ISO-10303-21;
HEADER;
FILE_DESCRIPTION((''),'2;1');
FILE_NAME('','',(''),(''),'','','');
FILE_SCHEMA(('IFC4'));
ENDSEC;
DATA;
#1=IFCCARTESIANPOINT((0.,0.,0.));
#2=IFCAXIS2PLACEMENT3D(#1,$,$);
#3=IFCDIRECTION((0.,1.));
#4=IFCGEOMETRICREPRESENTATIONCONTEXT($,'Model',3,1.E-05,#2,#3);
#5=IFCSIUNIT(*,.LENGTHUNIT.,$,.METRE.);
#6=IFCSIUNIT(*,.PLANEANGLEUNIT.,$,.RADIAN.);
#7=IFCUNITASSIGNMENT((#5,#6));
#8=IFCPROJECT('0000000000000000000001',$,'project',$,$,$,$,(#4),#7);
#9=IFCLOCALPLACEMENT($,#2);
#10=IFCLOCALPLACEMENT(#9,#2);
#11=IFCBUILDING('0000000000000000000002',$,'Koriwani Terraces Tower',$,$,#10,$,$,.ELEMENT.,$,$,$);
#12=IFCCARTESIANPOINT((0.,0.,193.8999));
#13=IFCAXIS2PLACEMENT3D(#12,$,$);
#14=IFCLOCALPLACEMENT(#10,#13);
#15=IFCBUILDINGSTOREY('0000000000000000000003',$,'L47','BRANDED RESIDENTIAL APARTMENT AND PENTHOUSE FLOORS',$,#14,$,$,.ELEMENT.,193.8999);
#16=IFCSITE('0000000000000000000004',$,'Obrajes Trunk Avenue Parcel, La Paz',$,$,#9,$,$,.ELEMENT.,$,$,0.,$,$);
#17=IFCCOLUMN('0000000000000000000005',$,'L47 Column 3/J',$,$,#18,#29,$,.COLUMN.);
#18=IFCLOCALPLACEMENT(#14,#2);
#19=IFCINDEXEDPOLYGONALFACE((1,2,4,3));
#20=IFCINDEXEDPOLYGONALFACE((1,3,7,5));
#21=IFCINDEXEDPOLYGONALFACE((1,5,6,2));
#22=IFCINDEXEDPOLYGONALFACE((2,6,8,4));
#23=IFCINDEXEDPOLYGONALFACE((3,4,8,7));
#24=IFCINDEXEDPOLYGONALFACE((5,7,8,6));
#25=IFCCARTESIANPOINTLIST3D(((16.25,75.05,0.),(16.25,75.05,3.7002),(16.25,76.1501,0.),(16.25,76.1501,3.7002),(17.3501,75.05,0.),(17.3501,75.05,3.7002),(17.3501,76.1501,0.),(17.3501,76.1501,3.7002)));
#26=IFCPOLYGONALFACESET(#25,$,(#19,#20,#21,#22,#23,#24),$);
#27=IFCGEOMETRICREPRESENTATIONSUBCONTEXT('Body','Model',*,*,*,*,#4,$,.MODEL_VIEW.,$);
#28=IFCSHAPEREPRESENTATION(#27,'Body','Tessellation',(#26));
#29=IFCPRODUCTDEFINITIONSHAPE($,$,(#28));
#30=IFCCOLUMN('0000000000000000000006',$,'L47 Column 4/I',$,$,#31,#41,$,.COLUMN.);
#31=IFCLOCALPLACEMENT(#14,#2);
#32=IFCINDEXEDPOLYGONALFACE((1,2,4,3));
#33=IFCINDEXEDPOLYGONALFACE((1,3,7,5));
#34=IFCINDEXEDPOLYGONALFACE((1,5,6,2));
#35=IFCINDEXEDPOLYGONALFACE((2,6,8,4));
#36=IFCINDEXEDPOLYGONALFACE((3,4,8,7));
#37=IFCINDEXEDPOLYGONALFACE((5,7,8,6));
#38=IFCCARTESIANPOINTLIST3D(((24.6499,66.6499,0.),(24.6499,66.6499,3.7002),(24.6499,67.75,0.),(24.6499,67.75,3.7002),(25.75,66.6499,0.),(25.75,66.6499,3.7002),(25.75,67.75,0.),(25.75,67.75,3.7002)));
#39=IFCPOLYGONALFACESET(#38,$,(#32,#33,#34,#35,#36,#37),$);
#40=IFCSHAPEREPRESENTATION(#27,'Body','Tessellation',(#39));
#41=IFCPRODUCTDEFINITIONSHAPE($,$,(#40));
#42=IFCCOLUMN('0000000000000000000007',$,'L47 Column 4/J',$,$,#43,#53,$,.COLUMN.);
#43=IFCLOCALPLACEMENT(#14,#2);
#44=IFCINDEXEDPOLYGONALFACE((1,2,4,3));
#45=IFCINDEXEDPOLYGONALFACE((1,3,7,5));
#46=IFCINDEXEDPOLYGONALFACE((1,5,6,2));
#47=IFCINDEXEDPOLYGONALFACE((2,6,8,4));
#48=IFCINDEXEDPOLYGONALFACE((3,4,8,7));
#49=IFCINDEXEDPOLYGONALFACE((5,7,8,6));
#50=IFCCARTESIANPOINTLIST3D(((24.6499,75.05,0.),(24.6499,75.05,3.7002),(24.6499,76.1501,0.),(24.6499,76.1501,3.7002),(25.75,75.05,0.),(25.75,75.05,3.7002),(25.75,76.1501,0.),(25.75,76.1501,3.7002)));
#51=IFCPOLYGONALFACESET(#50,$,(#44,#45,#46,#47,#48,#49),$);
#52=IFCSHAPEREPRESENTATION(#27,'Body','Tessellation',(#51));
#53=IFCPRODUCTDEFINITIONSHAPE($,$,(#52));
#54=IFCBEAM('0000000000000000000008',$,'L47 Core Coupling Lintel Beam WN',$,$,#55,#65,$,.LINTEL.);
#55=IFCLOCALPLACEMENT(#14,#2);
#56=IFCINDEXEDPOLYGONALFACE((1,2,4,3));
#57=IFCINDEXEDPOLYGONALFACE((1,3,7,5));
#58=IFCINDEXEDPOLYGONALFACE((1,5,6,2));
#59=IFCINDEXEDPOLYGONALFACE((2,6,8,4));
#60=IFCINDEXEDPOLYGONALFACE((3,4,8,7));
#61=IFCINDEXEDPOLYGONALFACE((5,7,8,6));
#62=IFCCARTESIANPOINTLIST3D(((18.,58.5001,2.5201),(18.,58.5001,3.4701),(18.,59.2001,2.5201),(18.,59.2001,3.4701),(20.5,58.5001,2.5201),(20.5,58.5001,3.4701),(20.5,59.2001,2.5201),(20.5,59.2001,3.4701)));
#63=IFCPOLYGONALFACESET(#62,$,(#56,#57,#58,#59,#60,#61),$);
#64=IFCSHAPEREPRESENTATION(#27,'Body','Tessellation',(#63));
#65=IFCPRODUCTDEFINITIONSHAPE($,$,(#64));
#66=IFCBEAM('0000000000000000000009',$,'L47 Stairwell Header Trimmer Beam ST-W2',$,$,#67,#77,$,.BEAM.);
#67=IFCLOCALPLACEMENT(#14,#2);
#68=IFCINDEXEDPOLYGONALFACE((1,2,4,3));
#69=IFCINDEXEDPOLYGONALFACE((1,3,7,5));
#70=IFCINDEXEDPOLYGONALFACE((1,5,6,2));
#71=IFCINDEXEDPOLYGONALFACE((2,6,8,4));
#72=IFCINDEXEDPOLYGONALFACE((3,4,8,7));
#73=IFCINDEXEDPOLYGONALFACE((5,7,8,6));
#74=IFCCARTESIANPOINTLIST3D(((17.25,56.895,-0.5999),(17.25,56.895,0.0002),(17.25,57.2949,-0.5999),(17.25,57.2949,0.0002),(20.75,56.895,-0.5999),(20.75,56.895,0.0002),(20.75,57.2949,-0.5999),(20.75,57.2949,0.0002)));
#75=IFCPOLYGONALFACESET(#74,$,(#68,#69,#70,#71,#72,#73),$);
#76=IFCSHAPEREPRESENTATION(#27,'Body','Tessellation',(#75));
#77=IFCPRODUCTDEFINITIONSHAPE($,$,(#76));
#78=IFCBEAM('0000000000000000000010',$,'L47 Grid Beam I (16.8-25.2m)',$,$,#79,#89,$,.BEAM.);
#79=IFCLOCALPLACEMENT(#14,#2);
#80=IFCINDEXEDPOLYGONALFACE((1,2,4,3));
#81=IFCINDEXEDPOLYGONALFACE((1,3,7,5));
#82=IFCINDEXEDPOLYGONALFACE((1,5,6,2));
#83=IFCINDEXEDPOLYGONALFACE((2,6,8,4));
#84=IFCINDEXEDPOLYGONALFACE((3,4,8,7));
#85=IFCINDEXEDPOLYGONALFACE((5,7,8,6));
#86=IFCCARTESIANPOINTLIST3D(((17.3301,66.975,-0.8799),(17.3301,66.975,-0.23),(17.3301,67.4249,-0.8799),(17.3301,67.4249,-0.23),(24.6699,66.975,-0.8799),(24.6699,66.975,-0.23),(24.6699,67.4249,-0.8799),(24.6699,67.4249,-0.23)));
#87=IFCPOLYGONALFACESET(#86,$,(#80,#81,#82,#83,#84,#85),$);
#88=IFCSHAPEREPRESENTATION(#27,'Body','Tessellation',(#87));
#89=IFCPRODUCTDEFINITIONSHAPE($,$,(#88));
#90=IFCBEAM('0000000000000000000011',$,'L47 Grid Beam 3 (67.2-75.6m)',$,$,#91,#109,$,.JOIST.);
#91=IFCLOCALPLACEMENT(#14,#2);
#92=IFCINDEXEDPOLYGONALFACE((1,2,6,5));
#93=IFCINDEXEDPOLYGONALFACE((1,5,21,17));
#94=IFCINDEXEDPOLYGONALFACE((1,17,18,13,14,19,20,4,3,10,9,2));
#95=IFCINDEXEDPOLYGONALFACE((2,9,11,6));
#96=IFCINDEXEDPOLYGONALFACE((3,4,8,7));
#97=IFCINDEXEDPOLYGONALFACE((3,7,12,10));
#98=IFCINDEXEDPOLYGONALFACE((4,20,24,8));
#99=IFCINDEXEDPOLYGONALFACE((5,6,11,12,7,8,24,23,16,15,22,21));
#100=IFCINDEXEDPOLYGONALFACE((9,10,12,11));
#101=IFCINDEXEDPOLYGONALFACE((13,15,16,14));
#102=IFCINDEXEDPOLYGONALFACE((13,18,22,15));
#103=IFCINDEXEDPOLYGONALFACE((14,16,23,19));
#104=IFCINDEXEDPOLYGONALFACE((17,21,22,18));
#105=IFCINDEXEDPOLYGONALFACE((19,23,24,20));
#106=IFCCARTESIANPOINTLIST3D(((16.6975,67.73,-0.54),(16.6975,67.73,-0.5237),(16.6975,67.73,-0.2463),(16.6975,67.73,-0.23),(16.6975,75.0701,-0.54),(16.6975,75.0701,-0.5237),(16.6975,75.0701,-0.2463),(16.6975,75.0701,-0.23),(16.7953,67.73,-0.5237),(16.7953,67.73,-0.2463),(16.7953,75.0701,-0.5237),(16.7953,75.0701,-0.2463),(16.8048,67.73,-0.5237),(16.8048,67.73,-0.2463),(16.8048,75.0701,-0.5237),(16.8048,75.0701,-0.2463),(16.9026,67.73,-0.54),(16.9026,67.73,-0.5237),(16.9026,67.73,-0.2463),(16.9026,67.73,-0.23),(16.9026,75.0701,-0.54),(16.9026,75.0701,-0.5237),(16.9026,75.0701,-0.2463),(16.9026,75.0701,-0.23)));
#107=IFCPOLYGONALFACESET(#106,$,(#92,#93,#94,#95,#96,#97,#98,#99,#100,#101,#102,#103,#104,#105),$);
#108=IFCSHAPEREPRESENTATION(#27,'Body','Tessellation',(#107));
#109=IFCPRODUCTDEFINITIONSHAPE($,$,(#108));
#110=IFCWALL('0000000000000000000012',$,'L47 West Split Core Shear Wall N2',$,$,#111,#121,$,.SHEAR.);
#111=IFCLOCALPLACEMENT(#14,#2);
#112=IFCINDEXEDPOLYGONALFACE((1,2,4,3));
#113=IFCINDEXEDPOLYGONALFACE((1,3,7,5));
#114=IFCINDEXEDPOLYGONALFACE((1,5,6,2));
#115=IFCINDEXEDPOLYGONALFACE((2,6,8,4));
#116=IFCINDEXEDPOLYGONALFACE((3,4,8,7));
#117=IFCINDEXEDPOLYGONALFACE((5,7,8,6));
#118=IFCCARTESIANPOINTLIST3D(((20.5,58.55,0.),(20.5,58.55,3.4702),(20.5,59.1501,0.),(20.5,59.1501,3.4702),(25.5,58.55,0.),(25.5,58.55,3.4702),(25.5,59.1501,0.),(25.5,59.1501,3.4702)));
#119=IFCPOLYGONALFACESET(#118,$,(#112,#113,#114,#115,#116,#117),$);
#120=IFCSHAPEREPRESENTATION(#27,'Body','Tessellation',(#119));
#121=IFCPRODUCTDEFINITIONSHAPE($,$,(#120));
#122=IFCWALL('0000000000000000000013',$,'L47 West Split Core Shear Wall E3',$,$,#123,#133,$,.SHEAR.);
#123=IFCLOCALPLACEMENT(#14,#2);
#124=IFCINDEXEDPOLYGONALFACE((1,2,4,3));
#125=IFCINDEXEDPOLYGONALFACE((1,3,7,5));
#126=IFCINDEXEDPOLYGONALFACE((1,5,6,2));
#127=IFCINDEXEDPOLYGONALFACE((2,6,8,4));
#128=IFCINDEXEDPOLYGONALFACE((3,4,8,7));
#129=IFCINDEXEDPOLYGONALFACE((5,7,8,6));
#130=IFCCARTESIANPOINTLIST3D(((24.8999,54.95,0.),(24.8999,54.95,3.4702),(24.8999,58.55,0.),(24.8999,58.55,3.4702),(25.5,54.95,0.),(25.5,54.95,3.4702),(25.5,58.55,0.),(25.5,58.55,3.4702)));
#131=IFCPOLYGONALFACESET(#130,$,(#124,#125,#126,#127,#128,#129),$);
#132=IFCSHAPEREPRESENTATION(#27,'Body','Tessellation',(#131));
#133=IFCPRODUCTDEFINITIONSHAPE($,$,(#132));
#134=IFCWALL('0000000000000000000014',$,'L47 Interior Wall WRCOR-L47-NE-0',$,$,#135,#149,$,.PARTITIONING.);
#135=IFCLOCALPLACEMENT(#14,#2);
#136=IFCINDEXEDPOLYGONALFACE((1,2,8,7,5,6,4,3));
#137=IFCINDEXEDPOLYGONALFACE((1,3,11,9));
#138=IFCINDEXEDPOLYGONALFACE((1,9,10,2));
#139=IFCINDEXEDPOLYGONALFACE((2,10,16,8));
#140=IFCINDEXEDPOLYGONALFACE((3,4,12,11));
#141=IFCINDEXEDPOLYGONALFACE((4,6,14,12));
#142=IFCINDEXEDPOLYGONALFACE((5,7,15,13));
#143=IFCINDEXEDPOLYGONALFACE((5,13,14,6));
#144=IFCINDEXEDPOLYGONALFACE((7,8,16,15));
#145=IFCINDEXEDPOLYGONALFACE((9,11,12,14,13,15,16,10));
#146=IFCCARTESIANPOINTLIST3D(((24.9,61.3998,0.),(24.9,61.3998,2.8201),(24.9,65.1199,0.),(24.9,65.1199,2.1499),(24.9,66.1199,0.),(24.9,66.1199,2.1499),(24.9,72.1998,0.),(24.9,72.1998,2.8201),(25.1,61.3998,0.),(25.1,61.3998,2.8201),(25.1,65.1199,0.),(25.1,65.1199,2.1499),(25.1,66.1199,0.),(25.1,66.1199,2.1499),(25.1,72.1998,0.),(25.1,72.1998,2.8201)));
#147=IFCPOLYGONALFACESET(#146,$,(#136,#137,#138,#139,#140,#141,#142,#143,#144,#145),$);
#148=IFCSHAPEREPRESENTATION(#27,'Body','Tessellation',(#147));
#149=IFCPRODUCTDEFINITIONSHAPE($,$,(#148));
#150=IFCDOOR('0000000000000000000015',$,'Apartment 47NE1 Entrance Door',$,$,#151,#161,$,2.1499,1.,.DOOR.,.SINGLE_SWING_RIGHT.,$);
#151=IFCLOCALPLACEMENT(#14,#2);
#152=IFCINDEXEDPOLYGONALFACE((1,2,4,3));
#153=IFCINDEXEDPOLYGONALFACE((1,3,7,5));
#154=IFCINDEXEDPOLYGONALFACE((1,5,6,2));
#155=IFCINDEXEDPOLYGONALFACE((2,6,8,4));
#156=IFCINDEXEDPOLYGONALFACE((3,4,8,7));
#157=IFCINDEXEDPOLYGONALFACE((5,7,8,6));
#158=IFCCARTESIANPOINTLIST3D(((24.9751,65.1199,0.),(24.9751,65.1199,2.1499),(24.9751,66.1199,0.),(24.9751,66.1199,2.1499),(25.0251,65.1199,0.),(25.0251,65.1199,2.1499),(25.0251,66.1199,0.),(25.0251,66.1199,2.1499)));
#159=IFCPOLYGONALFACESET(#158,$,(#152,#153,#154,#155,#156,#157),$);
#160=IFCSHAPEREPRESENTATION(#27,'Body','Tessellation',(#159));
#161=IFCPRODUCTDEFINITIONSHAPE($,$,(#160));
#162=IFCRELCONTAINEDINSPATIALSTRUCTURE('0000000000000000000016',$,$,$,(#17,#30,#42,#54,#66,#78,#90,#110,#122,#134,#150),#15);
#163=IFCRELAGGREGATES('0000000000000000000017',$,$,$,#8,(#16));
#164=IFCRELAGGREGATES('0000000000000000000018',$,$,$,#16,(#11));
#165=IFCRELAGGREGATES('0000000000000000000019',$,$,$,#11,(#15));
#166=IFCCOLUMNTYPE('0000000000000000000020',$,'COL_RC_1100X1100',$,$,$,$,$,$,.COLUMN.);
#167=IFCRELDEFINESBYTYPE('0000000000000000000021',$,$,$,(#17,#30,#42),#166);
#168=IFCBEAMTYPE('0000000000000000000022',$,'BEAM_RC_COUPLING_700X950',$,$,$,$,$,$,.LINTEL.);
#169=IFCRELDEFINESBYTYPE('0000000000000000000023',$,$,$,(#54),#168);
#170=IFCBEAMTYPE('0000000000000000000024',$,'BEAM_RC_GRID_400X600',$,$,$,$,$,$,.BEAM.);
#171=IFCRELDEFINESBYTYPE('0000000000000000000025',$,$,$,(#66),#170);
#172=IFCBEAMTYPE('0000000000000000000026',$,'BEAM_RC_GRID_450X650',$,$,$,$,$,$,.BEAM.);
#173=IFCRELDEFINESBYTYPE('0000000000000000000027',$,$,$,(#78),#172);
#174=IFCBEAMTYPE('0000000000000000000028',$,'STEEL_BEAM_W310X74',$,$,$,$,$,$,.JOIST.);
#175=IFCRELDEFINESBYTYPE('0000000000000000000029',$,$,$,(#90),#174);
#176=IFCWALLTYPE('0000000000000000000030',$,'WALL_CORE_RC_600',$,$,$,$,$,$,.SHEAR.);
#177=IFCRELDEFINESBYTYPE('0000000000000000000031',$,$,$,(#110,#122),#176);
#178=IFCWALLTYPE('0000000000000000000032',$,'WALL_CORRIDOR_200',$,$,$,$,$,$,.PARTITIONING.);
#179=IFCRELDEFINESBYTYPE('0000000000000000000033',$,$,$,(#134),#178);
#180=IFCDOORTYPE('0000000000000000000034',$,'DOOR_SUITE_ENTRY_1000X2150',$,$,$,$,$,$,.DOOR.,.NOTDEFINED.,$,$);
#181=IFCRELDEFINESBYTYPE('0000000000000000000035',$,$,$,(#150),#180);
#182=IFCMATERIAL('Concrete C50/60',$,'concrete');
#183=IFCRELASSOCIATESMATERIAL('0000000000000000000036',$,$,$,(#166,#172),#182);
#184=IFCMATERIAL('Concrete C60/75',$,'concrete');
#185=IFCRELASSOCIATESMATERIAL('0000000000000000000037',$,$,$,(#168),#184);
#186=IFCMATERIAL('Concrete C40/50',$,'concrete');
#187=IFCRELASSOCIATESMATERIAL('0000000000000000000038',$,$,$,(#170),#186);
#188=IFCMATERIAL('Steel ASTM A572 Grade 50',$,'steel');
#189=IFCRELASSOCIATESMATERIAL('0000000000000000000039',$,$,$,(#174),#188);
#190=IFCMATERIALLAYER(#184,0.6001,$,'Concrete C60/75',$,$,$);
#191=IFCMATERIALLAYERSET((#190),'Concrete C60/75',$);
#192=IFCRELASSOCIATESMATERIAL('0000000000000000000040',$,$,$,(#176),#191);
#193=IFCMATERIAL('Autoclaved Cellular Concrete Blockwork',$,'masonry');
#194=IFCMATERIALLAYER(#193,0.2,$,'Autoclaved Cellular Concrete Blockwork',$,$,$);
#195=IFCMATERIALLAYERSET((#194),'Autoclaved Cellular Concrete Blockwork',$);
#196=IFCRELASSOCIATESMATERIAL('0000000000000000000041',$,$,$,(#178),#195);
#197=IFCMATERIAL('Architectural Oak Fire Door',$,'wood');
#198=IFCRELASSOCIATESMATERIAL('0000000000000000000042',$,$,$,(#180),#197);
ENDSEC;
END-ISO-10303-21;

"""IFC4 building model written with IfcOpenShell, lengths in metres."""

from ifc_helpers import new_model, si_unit, direction, frame, frame_2d, origin, origin_2d, place, context, subcontext, project, spatial, rectangle, i_section, extrude, material, layer, layer_set, material_profile, profile_set, type_object, element, fill, save


model = new_model("IFC4")

# Units and contexts
model_context = context("Model", 3, precision=1e-05, world=origin(), true_north=direction((0.0, 1.0)))
body_context = subcontext(model_context, "Body", "Model", "MODEL_VIEW")
ifc_project = project(units=[si_unit("LENGTHUNIT", "METRE"), si_unit("PLANEANGLEUNIT", "RADIAN")], contexts=[model_context])

# Site, building, storey
site_placement = place(None, origin())
site = spatial("IfcSite", under=ifc_project, at=site_placement, Name="Obrajes Trunk Avenue Parcel, La Paz", CompositionType="ELEMENT", RefElevation=0.0)
building_placement = place(site_placement, origin())
building = spatial("IfcBuilding", under=site, at=building_placement, Name="Koriwani Terraces Tower", CompositionType="ELEMENT")
storey_placement = place(building_placement, frame((0.0, 0.0, 193.8999)))
storey = spatial("IfcBuildingStorey", under=building, at=storey_placement, Name="L47", Description="BRANDED RESIDENTIAL APARTMENT AND PENTHOUSE FLOORS", CompositionType="ELEMENT", Elevation=193.8999)

# Columns
ifc_material_1 = material(Name="Concrete C50/60", Category="concrete")
ifc_material_profile_1 = material_profile(ifc_material_1, rectangle(XDim=1.1001, YDim=1.1001, at=origin_2d()), Name="Concrete C50/60", Category="LoadBearing")
ifc_profile_set_1 = profile_set([ifc_material_profile_1], Name="Concrete C50/60")
column_type = type_object("IfcColumnType", Name="COL_RC_1100X1100", PredefinedType="COLUMN", material=ifc_profile_set_1)
for number, where, z_axis, x_axis, name in (
    (1, (16.8, 75.6001, 0.0), (0.0, 0.0, 1.0), (1.0, 0.0, 0.0), "L47 Column 3/J"),
    (2, (25.2, 67.2, 0.0), (0.0, 0.0, 1.0), (1.0, 0.0, 0.0), "L47 Column 4/I"),
    (3, (25.2, 75.6001, 0.0), (0.0, 0.0, 1.0), (1.0, 0.0, 0.0), "L47 Column 4/J"),
):
    element("IfcColumn", number, at=place(storey_placement, frame(where, z_axis=z_axis, x_axis=x_axis)), inside=storey, type_object=column_type, Name=name, PredefinedType="COLUMN", context=body_context, shape_type="SweptSolid", body=[
        extrude(rectangle(XDim=1.1001, YDim=1.1001, at=origin_2d()), origin(), (0.0, 0.0, 1.0), 3.7002),
    ])

# Beams
ifc_material_2 = material(Name="Concrete C60/75", Category="concrete")
ifc_material_profile_2 = material_profile(ifc_material_2, rectangle(XDim=0.7, YDim=0.95, at=origin_2d()), Name="Concrete C60/75", Category="LoadBearing")
ifc_profile_set_2 = profile_set([ifc_material_profile_2], Name="Concrete C60/75")
beam_type_1 = type_object("IfcBeamType", Name="BEAM_RC_COUPLING_700X950", PredefinedType="LINTEL", material=ifc_profile_set_2)
beam_1_placement = place(storey_placement, frame((18.0, 58.8501, 2.9951), z_axis=(1.0, 0.0, 0.0), x_axis=(0.0, 1.0, 0.0)))
element("IfcBeam", 4, at=beam_1_placement, inside=storey, type_object=beam_type_1, Name="L47 Core Coupling Lintel Beam WN", PredefinedType="LINTEL", context=body_context, shape_type="SweptSolid", body=[
    extrude(rectangle(XDim=0.7, YDim=0.95, at=origin_2d()), origin(), (0.0, 0.0, 1.0), 2.5),
])
ifc_material_3 = material(Name="Concrete C40/50", Category="concrete")
ifc_material_profile_3 = material_profile(ifc_material_3, rectangle(XDim=0.3999, YDim=0.6001, at=origin_2d()), Name="Concrete C40/50", Category="LoadBearing")
ifc_profile_set_3 = profile_set([ifc_material_profile_3], Name="Concrete C40/50")
beam_type_2 = type_object("IfcBeamType", Name="BEAM_RC_GRID_400X600", PredefinedType="BEAM", material=ifc_profile_set_3)
beam_2_placement = place(storey_placement, frame((17.25, 57.095, -0.2998), z_axis=(1.0, 0.0, 0.0), x_axis=(0.0, 1.0, 0.0)))
element("IfcBeam", 5, at=beam_2_placement, inside=storey, type_object=beam_type_2, Name="L47 Stairwell Header Trimmer Beam ST-W2", PredefinedType="BEAM", context=body_context, shape_type="SweptSolid", body=[
    extrude(rectangle(XDim=0.3999, YDim=0.6001, at=origin_2d()), origin(), (0.0, 0.0, 1.0), 3.5),
])
ifc_material_profile_4 = material_profile(ifc_material_1, rectangle(XDim=0.45, YDim=0.6499, at=origin_2d()), Name="Concrete C50/60", Category="LoadBearing")
ifc_profile_set_4 = profile_set([ifc_material_profile_4], Name="Concrete C50/60")
beam_type_3 = type_object("IfcBeamType", Name="BEAM_RC_GRID_450X650", PredefinedType="BEAM", material=ifc_profile_set_4)
beam_3_placement = place(storey_placement, frame((17.3301, 67.2, -0.5549), z_axis=(1.0, 0.0, 0.0), x_axis=(0.0, 1.0, 0.0)))
element("IfcBeam", 6, at=beam_3_placement, inside=storey, type_object=beam_type_3, Name="L47 Grid Beam I (16.8-25.2m)", PredefinedType="BEAM", context=body_context, shape_type="SweptSolid", body=[
    extrude(rectangle(XDim=0.45, YDim=0.6499, at=origin_2d()), origin(), (0.0, 0.0, 1.0), 7.3398),
])
ifc_material_4 = material(Name="Steel ASTM A572 Grade 50", Category="steel")
ifc_material_profile_5 = material_profile(ifc_material_4, i_section(OverallWidth=0.2051, OverallDepth=0.3101, WebThickness=0.0095, FlangeThickness=0.0164, at=origin_2d()), Name="Steel ASTM A572 Grade 50", Category="LoadBearing")
ifc_profile_set_5 = profile_set([ifc_material_profile_5], Name="Steel ASTM A572 Grade 50")
beam_type_4 = type_object("IfcBeamType", Name="STEEL_BEAM_W310X74", PredefinedType="JOIST", material=ifc_profile_set_5)
beam_4_placement = place(storey_placement, frame((16.8, 67.73, -0.385), z_axis=(0.0, 1.0, 0.0), x_axis=(-1.0, 0.0, 0.0)))
element("IfcBeam", 7, at=beam_4_placement, inside=storey, type_object=beam_type_4, Name="L47 Grid Beam 3 (67.2-75.6m)", PredefinedType="JOIST", context=body_context, shape_type="SweptSolid", body=[
    extrude(i_section(OverallWidth=0.2051, OverallDepth=0.3101, WebThickness=0.0095, FlangeThickness=0.0164, at=origin_2d()), origin(), (0.0, 0.0, 1.0), 7.3401),
])

# Walls
ifc_layer_1 = layer(ifc_material_2, 0.6001, Name="Concrete C60/75")
ifc_layer_set_1 = layer_set([ifc_layer_1], Name="Concrete C60/75")
wall_type_1 = type_object("IfcWallType", Name="WALL_CORE_RC_600", PredefinedType="SHEAR", material=ifc_layer_set_1)
wall_1_placement = place(storey_placement, frame((20.5, 58.8501, 0.0), z_axis=(0.0, 0.0, 1.0), x_axis=(1.0, 0.0, 0.0)))
element("IfcWall", 8, at=wall_1_placement, inside=storey, type_object=wall_type_1, Name="L47 West Split Core Shear Wall N2", PredefinedType="SHEAR", context=body_context, shape_type="SweptSolid", body=[
    extrude(rectangle(XDim=5.0, YDim=0.6001, at=frame_2d((2.5, 0.0))), origin(), (0.0, 0.0, 1.0), 3.4702),
])
wall_2_placement = place(storey_placement, frame((25.2, 54.95, 0.0), z_axis=(0.0, 0.0, 1.0), x_axis=(0.0, 1.0, 0.0)))
element("IfcWall", 9, at=wall_2_placement, inside=storey, type_object=wall_type_1, Name="L47 West Split Core Shear Wall E3", PredefinedType="SHEAR", context=body_context, shape_type="SweptSolid", body=[
    extrude(rectangle(XDim=3.6001, YDim=0.6001, at=frame_2d((1.8, 0.0))), origin(), (0.0, 0.0, 1.0), 3.4702),
])

# Wall, opening, door
ifc_material_5 = material(Name="Autoclaved Cellular Concrete Blockwork", Category="masonry")
ifc_layer_2 = layer(ifc_material_5, 0.2, Name="Autoclaved Cellular Concrete Blockwork")
ifc_layer_set_2 = layer_set([ifc_layer_2], Name="Autoclaved Cellular Concrete Blockwork")
wall_type_2 = type_object("IfcWallType", Name="WALL_CORRIDOR_200", PredefinedType="PARTITIONING", material=ifc_layer_set_2)
wall_3_placement = place(storey_placement, frame((25.0, 61.3999, 0.0), z_axis=(0.0, 0.0, 1.0), x_axis=(0.0, 1.0, 0.0)))
wall_3 = element("IfcWall", 10, at=wall_3_placement, inside=storey, type_object=wall_type_2, Name="L47 Interior Wall WRCOR-L47-NE-0", PredefinedType="PARTITIONING", context=body_context, shape_type="SweptSolid", body=[
    extrude(rectangle(XDim=10.8, YDim=0.2, at=frame_2d((5.3999, 0.0))), origin(), (0.0, 0.0, 1.0), 2.8201),
])
opening_1_placement = place(wall_3_placement, frame((3.72, 0.0, 0.0)))
opening_1 = element("IfcOpeningElement", 11, at=opening_1_placement, cuts=wall_3, PredefinedType="OPENING", context=body_context, shape_type="SweptSolid", body=[
    extrude(rectangle(XDim=1.0, YDim=2.1499, at=frame_2d((0.5, 1.075))), frame((0.0, 0.1099, 0.0), z_axis=(0.0, -1.0, 0.0), x_axis=(1.0, 0.0, 0.0)), (0.0, 0.0, 1.0), 0.22),
])
ifc_material_6 = material(Name="Architectural Oak Fire Door", Category="wood")
door_type_1 = type_object("IfcDoorType", Name="DOOR_SUITE_ENTRY_1000X2150", OperationType="NOTDEFINED", PredefinedType="DOOR", material=ifc_material_6)
door_1_placement = place(opening_1_placement, origin())
door_1 = element("IfcDoor", 12, at=door_1_placement, inside=storey, type_object=door_type_1, Name="Apartment 47NE1 Entrance Door", OperationType="SINGLE_SWING_RIGHT", OverallHeight=2.1499, OverallWidth=1.0, PredefinedType="DOOR", context=body_context, shape_type="SweptSolid", body=[
    extrude(rectangle(XDim=1.0, YDim=2.1499, at=frame_2d((0.5, 1.075))), frame((0.0, 0.0249, 0.0), z_axis=(0.0, -1.0, 0.0), x_axis=(1.0, 0.0, 0.0)), (0.0, 0.0, 1.0), 0.05),
])
fill(opening_1, door_1)

save(model, "model.ifc")
